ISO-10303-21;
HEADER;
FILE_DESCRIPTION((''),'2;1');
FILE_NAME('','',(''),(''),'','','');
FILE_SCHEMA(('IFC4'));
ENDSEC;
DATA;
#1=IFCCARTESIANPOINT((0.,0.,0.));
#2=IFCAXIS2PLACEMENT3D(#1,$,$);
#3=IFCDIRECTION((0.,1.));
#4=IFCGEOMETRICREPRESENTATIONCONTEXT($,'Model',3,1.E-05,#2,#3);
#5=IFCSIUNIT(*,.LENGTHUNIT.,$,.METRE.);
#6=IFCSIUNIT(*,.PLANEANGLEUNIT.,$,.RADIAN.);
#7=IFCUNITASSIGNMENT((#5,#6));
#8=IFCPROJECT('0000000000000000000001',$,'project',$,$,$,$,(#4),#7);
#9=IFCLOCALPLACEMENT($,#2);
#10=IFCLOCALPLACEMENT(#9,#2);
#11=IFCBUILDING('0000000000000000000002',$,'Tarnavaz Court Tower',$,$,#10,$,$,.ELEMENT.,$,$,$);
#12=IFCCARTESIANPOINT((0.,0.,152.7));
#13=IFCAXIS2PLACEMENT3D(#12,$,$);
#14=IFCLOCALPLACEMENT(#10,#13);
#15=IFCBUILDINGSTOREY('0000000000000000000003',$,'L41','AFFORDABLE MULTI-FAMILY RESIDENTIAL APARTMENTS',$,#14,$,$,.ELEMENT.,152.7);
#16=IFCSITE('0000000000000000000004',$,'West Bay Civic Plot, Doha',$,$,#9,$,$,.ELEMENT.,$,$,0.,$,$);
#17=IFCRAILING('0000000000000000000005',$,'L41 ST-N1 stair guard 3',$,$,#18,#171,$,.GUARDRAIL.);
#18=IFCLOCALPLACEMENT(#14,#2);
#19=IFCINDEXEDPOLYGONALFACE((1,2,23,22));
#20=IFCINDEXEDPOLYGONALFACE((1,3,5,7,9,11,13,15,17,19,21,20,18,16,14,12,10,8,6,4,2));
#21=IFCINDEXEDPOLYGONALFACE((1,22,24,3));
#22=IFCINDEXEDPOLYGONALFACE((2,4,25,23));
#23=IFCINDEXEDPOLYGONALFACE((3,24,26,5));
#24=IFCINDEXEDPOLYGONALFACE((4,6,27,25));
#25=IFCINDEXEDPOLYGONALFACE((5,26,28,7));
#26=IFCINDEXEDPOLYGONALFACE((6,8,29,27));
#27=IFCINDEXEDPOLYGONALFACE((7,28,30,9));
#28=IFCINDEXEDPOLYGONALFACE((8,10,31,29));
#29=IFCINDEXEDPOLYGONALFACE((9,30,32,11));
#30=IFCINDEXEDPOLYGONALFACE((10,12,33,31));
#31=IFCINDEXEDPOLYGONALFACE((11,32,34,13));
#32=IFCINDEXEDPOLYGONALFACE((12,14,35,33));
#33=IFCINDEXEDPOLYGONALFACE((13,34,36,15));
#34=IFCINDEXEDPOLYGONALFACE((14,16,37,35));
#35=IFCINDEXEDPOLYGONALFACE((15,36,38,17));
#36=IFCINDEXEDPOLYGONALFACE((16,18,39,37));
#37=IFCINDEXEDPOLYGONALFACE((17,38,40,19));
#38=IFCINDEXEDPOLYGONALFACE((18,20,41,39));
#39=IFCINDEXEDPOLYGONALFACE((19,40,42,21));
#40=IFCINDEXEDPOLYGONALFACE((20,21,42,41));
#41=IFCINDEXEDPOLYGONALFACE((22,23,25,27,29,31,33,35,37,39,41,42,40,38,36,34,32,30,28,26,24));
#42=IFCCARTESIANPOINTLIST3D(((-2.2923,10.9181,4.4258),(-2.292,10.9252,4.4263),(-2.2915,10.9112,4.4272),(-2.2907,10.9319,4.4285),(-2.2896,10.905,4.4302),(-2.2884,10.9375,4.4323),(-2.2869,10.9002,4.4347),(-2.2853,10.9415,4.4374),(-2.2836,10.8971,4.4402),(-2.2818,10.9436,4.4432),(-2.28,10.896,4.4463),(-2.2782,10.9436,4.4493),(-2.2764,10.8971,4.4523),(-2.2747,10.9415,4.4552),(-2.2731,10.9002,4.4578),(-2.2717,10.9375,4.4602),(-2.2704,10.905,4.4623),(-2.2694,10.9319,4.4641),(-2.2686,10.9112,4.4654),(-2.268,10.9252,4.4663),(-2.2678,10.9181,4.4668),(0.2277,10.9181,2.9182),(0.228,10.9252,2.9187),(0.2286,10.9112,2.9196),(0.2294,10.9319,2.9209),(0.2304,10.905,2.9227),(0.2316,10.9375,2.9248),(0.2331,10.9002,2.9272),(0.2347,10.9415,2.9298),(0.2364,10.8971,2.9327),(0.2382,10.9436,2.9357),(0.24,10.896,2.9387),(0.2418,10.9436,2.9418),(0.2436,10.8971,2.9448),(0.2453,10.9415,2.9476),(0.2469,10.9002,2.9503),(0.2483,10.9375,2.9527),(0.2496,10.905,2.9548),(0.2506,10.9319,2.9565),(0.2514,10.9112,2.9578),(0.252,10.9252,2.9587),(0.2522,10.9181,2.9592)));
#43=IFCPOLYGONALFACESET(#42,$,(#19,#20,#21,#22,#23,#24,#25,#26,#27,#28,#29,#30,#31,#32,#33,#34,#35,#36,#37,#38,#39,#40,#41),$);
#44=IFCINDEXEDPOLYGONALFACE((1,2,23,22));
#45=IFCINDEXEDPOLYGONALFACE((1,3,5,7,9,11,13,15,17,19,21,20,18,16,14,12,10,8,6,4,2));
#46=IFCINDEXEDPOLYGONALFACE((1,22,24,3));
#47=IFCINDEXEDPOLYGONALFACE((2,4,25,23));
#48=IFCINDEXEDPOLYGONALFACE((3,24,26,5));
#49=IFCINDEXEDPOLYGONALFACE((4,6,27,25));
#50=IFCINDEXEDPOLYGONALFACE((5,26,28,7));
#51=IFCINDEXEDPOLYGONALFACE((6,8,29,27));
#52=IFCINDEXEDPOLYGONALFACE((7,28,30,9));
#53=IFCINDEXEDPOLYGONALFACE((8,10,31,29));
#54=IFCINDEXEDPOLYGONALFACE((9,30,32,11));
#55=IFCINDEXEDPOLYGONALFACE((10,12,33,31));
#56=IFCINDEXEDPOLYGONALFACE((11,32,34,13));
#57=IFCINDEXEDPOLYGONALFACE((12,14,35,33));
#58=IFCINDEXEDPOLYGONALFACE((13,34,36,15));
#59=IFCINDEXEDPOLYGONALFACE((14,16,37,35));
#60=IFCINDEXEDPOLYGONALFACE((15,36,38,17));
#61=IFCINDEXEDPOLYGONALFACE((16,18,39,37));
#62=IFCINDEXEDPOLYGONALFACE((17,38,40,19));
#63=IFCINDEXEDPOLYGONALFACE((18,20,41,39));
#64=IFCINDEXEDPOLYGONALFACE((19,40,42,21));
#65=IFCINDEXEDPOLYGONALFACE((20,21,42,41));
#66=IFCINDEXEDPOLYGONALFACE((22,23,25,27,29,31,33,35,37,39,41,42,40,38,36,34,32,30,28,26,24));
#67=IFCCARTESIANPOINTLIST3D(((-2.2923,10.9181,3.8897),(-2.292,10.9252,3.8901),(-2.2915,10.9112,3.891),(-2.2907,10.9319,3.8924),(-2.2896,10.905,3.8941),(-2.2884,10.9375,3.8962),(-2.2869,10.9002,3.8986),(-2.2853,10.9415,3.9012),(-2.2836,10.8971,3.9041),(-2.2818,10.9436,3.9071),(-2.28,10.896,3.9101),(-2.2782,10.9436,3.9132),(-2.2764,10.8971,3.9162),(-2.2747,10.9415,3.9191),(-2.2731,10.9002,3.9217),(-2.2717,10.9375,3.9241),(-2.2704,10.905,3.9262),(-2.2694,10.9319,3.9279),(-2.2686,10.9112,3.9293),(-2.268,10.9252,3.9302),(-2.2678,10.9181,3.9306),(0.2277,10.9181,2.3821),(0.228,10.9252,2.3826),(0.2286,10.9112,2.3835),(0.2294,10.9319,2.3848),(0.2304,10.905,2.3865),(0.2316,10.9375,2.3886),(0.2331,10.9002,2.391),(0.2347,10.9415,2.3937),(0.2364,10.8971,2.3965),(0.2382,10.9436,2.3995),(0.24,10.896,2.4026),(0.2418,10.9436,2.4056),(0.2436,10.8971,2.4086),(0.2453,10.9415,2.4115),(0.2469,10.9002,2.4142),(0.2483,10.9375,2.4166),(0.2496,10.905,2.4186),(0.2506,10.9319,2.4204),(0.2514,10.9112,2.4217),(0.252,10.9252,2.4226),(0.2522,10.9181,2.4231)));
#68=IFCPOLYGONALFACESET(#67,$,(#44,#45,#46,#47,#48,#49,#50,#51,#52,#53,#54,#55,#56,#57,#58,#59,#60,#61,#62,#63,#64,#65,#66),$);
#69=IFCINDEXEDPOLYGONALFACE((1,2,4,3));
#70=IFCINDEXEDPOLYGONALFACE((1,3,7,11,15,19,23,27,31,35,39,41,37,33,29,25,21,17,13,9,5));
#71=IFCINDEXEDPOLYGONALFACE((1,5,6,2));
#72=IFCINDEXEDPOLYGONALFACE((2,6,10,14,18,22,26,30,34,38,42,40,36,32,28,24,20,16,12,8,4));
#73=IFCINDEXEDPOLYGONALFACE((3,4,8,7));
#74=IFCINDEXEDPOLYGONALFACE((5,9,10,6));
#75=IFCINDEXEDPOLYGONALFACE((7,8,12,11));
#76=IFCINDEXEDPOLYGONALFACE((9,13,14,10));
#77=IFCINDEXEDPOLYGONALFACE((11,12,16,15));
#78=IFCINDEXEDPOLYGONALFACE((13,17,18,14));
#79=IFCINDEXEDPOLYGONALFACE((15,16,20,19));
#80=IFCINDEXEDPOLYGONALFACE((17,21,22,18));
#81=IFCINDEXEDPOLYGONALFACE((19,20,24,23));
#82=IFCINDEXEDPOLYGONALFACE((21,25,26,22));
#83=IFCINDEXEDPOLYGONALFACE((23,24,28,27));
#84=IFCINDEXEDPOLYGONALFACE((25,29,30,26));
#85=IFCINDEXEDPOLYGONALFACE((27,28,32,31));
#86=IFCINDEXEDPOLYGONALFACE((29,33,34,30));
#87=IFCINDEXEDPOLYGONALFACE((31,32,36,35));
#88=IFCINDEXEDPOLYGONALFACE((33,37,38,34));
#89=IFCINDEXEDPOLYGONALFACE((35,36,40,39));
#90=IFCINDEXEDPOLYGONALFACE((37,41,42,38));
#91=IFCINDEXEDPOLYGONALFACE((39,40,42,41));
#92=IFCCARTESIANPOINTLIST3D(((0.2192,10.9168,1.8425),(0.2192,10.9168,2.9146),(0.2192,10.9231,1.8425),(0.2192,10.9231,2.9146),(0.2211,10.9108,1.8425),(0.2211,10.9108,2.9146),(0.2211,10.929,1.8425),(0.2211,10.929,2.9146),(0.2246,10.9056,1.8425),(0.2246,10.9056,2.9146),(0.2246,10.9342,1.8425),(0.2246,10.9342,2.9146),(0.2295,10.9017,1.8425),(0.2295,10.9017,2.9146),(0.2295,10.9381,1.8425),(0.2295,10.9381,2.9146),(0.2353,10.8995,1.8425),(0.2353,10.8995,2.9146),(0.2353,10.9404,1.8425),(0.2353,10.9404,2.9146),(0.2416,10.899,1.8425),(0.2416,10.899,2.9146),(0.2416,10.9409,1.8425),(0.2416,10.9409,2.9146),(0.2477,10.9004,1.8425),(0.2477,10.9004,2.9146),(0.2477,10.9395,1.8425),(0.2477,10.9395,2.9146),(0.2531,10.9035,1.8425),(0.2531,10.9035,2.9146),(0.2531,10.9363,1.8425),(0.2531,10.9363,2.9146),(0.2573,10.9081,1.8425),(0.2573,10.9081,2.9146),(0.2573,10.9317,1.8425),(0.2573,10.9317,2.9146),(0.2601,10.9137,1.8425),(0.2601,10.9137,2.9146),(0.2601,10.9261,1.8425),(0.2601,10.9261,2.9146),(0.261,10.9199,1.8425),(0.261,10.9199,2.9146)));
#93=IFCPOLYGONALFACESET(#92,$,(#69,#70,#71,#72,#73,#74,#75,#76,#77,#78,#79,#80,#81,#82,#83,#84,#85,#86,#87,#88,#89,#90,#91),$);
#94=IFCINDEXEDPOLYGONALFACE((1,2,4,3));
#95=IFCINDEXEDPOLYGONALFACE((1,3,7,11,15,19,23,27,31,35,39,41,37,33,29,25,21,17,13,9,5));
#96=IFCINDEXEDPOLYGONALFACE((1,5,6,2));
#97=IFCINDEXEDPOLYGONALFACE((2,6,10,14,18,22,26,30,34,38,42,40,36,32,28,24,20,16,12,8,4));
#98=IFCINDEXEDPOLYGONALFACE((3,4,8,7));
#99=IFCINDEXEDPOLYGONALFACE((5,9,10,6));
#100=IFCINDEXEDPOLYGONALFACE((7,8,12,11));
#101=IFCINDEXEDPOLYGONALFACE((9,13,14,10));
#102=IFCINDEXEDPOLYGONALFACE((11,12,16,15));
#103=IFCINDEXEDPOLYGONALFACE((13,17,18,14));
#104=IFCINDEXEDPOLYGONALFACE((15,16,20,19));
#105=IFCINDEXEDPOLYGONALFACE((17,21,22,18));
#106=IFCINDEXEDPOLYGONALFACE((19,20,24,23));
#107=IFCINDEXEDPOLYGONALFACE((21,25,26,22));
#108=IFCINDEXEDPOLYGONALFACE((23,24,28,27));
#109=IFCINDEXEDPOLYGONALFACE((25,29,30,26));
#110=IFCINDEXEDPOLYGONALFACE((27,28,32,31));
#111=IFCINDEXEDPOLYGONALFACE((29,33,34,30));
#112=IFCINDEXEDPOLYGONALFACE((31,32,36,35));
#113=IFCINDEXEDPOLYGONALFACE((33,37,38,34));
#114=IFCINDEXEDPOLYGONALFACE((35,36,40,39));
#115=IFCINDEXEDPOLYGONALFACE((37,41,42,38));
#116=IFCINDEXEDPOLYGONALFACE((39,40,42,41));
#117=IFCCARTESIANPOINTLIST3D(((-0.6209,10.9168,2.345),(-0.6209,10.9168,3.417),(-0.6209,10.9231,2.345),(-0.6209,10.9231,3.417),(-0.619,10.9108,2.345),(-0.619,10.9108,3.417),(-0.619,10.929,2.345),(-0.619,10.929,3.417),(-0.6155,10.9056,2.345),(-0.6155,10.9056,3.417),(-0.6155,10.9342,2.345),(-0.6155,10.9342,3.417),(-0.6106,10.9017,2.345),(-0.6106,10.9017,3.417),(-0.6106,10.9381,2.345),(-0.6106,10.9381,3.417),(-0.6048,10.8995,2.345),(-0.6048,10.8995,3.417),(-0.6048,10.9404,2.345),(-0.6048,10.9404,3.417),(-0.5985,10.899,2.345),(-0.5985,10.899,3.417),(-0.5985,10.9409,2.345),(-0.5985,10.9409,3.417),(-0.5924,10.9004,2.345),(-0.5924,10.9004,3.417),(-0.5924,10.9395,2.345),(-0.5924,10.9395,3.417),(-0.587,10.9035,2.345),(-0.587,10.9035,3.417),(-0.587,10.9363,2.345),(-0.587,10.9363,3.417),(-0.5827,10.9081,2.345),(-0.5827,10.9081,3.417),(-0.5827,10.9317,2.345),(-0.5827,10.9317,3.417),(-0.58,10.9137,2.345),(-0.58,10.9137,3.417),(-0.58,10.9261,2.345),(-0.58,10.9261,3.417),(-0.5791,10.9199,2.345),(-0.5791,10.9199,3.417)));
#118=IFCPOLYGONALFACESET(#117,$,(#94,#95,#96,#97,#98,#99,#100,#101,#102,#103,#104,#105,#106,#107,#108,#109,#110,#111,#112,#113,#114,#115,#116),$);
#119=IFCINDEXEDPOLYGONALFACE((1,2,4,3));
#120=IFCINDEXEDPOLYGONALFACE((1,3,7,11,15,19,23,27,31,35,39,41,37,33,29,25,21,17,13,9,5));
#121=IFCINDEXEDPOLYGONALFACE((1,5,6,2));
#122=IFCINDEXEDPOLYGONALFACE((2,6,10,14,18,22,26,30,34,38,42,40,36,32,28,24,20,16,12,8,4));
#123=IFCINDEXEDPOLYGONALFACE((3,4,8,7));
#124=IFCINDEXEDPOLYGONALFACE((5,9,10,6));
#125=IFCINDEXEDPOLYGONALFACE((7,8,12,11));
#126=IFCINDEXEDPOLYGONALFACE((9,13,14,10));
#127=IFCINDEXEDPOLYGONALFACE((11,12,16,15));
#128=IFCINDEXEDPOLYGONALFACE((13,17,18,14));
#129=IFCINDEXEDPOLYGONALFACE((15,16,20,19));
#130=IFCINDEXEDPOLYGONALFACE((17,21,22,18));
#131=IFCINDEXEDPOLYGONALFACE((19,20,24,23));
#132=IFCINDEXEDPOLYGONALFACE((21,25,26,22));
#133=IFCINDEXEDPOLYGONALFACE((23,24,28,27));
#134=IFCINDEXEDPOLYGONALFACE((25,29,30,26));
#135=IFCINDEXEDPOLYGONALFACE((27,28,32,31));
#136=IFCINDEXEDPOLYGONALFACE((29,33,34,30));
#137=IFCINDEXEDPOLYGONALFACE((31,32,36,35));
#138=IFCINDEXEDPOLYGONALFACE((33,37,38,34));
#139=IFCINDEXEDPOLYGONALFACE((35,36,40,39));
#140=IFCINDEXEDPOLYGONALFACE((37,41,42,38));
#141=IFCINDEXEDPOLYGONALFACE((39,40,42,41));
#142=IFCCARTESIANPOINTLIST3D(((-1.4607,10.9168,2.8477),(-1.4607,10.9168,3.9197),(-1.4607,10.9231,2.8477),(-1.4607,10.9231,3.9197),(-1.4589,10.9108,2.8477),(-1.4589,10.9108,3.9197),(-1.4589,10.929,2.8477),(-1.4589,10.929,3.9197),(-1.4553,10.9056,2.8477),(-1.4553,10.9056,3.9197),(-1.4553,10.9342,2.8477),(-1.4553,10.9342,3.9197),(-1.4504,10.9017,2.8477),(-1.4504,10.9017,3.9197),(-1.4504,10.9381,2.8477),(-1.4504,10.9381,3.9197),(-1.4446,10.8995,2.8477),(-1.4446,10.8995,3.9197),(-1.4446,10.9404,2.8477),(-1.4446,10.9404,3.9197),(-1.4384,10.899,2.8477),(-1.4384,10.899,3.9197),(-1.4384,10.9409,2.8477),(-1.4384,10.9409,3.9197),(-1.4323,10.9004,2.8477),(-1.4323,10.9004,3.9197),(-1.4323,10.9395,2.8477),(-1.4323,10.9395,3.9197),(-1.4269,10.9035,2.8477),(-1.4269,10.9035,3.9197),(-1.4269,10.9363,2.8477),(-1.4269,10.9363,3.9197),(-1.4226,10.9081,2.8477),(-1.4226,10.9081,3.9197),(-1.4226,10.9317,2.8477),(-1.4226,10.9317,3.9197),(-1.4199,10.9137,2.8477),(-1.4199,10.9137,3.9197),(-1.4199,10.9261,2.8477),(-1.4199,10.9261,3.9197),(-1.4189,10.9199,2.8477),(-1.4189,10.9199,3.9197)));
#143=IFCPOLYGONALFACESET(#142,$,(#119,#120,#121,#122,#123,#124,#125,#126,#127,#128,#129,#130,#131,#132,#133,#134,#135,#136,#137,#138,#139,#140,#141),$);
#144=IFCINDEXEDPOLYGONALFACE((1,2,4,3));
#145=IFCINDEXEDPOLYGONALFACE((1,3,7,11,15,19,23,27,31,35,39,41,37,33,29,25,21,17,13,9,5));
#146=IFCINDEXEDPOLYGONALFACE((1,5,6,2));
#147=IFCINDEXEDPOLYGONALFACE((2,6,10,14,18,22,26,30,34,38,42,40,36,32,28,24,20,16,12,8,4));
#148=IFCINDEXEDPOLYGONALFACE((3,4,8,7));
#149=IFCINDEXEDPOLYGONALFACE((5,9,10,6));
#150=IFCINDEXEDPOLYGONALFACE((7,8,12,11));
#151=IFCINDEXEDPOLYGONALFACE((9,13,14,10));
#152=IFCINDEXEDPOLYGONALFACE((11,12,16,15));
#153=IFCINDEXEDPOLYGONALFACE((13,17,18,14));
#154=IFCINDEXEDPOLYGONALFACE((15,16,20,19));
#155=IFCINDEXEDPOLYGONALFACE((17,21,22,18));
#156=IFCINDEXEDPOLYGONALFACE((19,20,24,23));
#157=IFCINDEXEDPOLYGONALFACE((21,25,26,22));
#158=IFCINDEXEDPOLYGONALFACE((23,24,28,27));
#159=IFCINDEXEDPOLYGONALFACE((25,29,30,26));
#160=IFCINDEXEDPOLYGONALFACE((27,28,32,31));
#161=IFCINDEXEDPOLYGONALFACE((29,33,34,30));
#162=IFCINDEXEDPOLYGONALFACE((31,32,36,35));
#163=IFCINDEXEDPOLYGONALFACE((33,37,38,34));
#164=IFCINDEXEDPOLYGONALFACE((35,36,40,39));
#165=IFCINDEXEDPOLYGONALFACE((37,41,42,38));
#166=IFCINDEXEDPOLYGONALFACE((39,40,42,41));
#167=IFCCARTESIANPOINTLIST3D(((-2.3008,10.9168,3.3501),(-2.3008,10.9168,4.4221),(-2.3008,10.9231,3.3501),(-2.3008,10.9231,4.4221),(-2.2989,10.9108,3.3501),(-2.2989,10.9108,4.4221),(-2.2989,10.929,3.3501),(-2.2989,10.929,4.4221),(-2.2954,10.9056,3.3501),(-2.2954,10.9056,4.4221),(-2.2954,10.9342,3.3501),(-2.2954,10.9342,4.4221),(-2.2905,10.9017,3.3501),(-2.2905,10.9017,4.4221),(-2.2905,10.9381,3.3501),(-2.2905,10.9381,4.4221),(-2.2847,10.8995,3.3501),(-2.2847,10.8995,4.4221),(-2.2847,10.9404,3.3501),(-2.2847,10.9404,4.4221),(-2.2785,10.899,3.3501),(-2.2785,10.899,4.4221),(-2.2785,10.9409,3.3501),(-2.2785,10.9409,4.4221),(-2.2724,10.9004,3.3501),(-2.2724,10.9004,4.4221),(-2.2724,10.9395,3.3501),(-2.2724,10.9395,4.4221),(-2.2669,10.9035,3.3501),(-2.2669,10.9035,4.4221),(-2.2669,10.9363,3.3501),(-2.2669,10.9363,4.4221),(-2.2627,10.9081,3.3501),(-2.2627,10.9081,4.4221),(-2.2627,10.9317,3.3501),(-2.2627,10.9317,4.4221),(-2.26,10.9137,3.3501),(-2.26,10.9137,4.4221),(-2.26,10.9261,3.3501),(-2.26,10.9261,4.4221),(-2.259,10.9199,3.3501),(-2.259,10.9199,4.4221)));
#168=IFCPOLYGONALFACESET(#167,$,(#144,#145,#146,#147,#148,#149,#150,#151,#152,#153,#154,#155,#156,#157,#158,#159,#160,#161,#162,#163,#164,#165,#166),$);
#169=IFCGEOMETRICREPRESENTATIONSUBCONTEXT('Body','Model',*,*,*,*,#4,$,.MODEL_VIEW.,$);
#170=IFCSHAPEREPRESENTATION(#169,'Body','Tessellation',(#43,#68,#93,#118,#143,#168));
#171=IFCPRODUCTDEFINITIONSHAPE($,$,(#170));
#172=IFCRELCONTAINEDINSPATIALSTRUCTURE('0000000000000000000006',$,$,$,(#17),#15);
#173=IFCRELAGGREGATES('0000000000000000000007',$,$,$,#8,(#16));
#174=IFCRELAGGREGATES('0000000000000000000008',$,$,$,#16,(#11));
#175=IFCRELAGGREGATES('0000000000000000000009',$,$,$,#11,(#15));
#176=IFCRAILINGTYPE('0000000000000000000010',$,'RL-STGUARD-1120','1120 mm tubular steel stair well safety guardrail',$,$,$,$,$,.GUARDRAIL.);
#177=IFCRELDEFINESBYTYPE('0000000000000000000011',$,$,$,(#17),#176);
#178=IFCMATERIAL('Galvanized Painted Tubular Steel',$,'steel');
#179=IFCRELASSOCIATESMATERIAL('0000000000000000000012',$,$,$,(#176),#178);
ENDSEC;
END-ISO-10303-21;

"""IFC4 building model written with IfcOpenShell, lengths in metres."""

from ifc_helpers import new_model, si_unit, direction, frame, origin, origin_2d, place, context, subcontext, project, spatial, circle, extrude, material, type_object, element, save


model = new_model("IFC4")

# Units and contexts
model_context = context("Model", 3, precision=1e-05, world=origin(), true_north=direction((0.0, 1.0)))
body_context = subcontext(model_context, "Body", "Model", "MODEL_VIEW")
ifc_project = project(units=[si_unit("LENGTHUNIT", "METRE"), si_unit("PLANEANGLEUNIT", "RADIAN")], contexts=[model_context])

# Site, building, storey
site_placement = place(None, origin())
site = spatial("IfcSite", under=ifc_project, at=site_placement, Name="West Bay Civic Plot, Doha", CompositionType="ELEMENT", RefElevation=0.0)
building_placement = place(site_placement, origin())
building = spatial("IfcBuilding", under=site, at=building_placement, Name="Tarnavaz Court Tower", CompositionType="ELEMENT")
storey_placement = place(building_placement, frame((0.0, 0.0, 152.7)))
storey = spatial("IfcBuildingStorey", under=building, at=storey_placement, Name="L41", Description="AFFORDABLE MULTI-FAMILY RESIDENTIAL APARTMENTS", CompositionType="ELEMENT", Elevation=152.7)

# Railing
ifc_material_1 = material(Name="Galvanized Painted Tubular Steel", Category="steel")
railing_type_1 = type_object("IfcRailingType", Name="RL-STGUARD-1120", Description="1120 mm tubular steel stair well safety guardrail", PredefinedType="GUARDRAIL", material=ifc_material_1)
railing_1_placement = place(storey_placement, frame((0.24, 10.9199, 1.8425)))
element("IfcRailing", 1, at=railing_1_placement, inside=storey, type_object=railing_type_1, Name="L41 ST-N1 stair guard 3", PredefinedType="GUARDRAIL", context=body_context, shape_type="SweptSolid", body=[
    extrude(circle(Radius=0.0239, at=origin_2d()), frame((0.0, 0.0, 1.0962), z_axis=(-0.85816, 0.0, 0.513383), x_axis=(0.0, -1.0, 0.0)), (0.0, 0.0, 1.0), 2.9365),
    extrude(circle(Radius=0.0239, at=origin_2d()), frame((0.0, 0.0, 0.5601), z_axis=(-0.85816, 0.0, 0.513383), x_axis=(0.0, -1.0, 0.0)), (0.0, 0.0, 1.0), 2.9365),
    extrude(circle(Radius=0.021, at=origin_2d()), origin(), (0.0, 0.0, 1.0), 1.072),
    extrude(circle(Radius=0.021, at=origin_2d()), frame((-0.8401, 0.0, 0.5024)), (0.0, 0.0, 1.0), 1.072),
    extrude(circle(Radius=0.021, at=origin_2d()), frame((-1.6799, 0.0, 1.0051)), (0.0, 0.0, 1.0), 1.072),
    extrude(circle(Radius=0.021, at=origin_2d()), frame((-2.52, 0.0, 1.5076)), (0.0, 0.0, 1.0), 1.072),
])

save(model, "model.ifc")
